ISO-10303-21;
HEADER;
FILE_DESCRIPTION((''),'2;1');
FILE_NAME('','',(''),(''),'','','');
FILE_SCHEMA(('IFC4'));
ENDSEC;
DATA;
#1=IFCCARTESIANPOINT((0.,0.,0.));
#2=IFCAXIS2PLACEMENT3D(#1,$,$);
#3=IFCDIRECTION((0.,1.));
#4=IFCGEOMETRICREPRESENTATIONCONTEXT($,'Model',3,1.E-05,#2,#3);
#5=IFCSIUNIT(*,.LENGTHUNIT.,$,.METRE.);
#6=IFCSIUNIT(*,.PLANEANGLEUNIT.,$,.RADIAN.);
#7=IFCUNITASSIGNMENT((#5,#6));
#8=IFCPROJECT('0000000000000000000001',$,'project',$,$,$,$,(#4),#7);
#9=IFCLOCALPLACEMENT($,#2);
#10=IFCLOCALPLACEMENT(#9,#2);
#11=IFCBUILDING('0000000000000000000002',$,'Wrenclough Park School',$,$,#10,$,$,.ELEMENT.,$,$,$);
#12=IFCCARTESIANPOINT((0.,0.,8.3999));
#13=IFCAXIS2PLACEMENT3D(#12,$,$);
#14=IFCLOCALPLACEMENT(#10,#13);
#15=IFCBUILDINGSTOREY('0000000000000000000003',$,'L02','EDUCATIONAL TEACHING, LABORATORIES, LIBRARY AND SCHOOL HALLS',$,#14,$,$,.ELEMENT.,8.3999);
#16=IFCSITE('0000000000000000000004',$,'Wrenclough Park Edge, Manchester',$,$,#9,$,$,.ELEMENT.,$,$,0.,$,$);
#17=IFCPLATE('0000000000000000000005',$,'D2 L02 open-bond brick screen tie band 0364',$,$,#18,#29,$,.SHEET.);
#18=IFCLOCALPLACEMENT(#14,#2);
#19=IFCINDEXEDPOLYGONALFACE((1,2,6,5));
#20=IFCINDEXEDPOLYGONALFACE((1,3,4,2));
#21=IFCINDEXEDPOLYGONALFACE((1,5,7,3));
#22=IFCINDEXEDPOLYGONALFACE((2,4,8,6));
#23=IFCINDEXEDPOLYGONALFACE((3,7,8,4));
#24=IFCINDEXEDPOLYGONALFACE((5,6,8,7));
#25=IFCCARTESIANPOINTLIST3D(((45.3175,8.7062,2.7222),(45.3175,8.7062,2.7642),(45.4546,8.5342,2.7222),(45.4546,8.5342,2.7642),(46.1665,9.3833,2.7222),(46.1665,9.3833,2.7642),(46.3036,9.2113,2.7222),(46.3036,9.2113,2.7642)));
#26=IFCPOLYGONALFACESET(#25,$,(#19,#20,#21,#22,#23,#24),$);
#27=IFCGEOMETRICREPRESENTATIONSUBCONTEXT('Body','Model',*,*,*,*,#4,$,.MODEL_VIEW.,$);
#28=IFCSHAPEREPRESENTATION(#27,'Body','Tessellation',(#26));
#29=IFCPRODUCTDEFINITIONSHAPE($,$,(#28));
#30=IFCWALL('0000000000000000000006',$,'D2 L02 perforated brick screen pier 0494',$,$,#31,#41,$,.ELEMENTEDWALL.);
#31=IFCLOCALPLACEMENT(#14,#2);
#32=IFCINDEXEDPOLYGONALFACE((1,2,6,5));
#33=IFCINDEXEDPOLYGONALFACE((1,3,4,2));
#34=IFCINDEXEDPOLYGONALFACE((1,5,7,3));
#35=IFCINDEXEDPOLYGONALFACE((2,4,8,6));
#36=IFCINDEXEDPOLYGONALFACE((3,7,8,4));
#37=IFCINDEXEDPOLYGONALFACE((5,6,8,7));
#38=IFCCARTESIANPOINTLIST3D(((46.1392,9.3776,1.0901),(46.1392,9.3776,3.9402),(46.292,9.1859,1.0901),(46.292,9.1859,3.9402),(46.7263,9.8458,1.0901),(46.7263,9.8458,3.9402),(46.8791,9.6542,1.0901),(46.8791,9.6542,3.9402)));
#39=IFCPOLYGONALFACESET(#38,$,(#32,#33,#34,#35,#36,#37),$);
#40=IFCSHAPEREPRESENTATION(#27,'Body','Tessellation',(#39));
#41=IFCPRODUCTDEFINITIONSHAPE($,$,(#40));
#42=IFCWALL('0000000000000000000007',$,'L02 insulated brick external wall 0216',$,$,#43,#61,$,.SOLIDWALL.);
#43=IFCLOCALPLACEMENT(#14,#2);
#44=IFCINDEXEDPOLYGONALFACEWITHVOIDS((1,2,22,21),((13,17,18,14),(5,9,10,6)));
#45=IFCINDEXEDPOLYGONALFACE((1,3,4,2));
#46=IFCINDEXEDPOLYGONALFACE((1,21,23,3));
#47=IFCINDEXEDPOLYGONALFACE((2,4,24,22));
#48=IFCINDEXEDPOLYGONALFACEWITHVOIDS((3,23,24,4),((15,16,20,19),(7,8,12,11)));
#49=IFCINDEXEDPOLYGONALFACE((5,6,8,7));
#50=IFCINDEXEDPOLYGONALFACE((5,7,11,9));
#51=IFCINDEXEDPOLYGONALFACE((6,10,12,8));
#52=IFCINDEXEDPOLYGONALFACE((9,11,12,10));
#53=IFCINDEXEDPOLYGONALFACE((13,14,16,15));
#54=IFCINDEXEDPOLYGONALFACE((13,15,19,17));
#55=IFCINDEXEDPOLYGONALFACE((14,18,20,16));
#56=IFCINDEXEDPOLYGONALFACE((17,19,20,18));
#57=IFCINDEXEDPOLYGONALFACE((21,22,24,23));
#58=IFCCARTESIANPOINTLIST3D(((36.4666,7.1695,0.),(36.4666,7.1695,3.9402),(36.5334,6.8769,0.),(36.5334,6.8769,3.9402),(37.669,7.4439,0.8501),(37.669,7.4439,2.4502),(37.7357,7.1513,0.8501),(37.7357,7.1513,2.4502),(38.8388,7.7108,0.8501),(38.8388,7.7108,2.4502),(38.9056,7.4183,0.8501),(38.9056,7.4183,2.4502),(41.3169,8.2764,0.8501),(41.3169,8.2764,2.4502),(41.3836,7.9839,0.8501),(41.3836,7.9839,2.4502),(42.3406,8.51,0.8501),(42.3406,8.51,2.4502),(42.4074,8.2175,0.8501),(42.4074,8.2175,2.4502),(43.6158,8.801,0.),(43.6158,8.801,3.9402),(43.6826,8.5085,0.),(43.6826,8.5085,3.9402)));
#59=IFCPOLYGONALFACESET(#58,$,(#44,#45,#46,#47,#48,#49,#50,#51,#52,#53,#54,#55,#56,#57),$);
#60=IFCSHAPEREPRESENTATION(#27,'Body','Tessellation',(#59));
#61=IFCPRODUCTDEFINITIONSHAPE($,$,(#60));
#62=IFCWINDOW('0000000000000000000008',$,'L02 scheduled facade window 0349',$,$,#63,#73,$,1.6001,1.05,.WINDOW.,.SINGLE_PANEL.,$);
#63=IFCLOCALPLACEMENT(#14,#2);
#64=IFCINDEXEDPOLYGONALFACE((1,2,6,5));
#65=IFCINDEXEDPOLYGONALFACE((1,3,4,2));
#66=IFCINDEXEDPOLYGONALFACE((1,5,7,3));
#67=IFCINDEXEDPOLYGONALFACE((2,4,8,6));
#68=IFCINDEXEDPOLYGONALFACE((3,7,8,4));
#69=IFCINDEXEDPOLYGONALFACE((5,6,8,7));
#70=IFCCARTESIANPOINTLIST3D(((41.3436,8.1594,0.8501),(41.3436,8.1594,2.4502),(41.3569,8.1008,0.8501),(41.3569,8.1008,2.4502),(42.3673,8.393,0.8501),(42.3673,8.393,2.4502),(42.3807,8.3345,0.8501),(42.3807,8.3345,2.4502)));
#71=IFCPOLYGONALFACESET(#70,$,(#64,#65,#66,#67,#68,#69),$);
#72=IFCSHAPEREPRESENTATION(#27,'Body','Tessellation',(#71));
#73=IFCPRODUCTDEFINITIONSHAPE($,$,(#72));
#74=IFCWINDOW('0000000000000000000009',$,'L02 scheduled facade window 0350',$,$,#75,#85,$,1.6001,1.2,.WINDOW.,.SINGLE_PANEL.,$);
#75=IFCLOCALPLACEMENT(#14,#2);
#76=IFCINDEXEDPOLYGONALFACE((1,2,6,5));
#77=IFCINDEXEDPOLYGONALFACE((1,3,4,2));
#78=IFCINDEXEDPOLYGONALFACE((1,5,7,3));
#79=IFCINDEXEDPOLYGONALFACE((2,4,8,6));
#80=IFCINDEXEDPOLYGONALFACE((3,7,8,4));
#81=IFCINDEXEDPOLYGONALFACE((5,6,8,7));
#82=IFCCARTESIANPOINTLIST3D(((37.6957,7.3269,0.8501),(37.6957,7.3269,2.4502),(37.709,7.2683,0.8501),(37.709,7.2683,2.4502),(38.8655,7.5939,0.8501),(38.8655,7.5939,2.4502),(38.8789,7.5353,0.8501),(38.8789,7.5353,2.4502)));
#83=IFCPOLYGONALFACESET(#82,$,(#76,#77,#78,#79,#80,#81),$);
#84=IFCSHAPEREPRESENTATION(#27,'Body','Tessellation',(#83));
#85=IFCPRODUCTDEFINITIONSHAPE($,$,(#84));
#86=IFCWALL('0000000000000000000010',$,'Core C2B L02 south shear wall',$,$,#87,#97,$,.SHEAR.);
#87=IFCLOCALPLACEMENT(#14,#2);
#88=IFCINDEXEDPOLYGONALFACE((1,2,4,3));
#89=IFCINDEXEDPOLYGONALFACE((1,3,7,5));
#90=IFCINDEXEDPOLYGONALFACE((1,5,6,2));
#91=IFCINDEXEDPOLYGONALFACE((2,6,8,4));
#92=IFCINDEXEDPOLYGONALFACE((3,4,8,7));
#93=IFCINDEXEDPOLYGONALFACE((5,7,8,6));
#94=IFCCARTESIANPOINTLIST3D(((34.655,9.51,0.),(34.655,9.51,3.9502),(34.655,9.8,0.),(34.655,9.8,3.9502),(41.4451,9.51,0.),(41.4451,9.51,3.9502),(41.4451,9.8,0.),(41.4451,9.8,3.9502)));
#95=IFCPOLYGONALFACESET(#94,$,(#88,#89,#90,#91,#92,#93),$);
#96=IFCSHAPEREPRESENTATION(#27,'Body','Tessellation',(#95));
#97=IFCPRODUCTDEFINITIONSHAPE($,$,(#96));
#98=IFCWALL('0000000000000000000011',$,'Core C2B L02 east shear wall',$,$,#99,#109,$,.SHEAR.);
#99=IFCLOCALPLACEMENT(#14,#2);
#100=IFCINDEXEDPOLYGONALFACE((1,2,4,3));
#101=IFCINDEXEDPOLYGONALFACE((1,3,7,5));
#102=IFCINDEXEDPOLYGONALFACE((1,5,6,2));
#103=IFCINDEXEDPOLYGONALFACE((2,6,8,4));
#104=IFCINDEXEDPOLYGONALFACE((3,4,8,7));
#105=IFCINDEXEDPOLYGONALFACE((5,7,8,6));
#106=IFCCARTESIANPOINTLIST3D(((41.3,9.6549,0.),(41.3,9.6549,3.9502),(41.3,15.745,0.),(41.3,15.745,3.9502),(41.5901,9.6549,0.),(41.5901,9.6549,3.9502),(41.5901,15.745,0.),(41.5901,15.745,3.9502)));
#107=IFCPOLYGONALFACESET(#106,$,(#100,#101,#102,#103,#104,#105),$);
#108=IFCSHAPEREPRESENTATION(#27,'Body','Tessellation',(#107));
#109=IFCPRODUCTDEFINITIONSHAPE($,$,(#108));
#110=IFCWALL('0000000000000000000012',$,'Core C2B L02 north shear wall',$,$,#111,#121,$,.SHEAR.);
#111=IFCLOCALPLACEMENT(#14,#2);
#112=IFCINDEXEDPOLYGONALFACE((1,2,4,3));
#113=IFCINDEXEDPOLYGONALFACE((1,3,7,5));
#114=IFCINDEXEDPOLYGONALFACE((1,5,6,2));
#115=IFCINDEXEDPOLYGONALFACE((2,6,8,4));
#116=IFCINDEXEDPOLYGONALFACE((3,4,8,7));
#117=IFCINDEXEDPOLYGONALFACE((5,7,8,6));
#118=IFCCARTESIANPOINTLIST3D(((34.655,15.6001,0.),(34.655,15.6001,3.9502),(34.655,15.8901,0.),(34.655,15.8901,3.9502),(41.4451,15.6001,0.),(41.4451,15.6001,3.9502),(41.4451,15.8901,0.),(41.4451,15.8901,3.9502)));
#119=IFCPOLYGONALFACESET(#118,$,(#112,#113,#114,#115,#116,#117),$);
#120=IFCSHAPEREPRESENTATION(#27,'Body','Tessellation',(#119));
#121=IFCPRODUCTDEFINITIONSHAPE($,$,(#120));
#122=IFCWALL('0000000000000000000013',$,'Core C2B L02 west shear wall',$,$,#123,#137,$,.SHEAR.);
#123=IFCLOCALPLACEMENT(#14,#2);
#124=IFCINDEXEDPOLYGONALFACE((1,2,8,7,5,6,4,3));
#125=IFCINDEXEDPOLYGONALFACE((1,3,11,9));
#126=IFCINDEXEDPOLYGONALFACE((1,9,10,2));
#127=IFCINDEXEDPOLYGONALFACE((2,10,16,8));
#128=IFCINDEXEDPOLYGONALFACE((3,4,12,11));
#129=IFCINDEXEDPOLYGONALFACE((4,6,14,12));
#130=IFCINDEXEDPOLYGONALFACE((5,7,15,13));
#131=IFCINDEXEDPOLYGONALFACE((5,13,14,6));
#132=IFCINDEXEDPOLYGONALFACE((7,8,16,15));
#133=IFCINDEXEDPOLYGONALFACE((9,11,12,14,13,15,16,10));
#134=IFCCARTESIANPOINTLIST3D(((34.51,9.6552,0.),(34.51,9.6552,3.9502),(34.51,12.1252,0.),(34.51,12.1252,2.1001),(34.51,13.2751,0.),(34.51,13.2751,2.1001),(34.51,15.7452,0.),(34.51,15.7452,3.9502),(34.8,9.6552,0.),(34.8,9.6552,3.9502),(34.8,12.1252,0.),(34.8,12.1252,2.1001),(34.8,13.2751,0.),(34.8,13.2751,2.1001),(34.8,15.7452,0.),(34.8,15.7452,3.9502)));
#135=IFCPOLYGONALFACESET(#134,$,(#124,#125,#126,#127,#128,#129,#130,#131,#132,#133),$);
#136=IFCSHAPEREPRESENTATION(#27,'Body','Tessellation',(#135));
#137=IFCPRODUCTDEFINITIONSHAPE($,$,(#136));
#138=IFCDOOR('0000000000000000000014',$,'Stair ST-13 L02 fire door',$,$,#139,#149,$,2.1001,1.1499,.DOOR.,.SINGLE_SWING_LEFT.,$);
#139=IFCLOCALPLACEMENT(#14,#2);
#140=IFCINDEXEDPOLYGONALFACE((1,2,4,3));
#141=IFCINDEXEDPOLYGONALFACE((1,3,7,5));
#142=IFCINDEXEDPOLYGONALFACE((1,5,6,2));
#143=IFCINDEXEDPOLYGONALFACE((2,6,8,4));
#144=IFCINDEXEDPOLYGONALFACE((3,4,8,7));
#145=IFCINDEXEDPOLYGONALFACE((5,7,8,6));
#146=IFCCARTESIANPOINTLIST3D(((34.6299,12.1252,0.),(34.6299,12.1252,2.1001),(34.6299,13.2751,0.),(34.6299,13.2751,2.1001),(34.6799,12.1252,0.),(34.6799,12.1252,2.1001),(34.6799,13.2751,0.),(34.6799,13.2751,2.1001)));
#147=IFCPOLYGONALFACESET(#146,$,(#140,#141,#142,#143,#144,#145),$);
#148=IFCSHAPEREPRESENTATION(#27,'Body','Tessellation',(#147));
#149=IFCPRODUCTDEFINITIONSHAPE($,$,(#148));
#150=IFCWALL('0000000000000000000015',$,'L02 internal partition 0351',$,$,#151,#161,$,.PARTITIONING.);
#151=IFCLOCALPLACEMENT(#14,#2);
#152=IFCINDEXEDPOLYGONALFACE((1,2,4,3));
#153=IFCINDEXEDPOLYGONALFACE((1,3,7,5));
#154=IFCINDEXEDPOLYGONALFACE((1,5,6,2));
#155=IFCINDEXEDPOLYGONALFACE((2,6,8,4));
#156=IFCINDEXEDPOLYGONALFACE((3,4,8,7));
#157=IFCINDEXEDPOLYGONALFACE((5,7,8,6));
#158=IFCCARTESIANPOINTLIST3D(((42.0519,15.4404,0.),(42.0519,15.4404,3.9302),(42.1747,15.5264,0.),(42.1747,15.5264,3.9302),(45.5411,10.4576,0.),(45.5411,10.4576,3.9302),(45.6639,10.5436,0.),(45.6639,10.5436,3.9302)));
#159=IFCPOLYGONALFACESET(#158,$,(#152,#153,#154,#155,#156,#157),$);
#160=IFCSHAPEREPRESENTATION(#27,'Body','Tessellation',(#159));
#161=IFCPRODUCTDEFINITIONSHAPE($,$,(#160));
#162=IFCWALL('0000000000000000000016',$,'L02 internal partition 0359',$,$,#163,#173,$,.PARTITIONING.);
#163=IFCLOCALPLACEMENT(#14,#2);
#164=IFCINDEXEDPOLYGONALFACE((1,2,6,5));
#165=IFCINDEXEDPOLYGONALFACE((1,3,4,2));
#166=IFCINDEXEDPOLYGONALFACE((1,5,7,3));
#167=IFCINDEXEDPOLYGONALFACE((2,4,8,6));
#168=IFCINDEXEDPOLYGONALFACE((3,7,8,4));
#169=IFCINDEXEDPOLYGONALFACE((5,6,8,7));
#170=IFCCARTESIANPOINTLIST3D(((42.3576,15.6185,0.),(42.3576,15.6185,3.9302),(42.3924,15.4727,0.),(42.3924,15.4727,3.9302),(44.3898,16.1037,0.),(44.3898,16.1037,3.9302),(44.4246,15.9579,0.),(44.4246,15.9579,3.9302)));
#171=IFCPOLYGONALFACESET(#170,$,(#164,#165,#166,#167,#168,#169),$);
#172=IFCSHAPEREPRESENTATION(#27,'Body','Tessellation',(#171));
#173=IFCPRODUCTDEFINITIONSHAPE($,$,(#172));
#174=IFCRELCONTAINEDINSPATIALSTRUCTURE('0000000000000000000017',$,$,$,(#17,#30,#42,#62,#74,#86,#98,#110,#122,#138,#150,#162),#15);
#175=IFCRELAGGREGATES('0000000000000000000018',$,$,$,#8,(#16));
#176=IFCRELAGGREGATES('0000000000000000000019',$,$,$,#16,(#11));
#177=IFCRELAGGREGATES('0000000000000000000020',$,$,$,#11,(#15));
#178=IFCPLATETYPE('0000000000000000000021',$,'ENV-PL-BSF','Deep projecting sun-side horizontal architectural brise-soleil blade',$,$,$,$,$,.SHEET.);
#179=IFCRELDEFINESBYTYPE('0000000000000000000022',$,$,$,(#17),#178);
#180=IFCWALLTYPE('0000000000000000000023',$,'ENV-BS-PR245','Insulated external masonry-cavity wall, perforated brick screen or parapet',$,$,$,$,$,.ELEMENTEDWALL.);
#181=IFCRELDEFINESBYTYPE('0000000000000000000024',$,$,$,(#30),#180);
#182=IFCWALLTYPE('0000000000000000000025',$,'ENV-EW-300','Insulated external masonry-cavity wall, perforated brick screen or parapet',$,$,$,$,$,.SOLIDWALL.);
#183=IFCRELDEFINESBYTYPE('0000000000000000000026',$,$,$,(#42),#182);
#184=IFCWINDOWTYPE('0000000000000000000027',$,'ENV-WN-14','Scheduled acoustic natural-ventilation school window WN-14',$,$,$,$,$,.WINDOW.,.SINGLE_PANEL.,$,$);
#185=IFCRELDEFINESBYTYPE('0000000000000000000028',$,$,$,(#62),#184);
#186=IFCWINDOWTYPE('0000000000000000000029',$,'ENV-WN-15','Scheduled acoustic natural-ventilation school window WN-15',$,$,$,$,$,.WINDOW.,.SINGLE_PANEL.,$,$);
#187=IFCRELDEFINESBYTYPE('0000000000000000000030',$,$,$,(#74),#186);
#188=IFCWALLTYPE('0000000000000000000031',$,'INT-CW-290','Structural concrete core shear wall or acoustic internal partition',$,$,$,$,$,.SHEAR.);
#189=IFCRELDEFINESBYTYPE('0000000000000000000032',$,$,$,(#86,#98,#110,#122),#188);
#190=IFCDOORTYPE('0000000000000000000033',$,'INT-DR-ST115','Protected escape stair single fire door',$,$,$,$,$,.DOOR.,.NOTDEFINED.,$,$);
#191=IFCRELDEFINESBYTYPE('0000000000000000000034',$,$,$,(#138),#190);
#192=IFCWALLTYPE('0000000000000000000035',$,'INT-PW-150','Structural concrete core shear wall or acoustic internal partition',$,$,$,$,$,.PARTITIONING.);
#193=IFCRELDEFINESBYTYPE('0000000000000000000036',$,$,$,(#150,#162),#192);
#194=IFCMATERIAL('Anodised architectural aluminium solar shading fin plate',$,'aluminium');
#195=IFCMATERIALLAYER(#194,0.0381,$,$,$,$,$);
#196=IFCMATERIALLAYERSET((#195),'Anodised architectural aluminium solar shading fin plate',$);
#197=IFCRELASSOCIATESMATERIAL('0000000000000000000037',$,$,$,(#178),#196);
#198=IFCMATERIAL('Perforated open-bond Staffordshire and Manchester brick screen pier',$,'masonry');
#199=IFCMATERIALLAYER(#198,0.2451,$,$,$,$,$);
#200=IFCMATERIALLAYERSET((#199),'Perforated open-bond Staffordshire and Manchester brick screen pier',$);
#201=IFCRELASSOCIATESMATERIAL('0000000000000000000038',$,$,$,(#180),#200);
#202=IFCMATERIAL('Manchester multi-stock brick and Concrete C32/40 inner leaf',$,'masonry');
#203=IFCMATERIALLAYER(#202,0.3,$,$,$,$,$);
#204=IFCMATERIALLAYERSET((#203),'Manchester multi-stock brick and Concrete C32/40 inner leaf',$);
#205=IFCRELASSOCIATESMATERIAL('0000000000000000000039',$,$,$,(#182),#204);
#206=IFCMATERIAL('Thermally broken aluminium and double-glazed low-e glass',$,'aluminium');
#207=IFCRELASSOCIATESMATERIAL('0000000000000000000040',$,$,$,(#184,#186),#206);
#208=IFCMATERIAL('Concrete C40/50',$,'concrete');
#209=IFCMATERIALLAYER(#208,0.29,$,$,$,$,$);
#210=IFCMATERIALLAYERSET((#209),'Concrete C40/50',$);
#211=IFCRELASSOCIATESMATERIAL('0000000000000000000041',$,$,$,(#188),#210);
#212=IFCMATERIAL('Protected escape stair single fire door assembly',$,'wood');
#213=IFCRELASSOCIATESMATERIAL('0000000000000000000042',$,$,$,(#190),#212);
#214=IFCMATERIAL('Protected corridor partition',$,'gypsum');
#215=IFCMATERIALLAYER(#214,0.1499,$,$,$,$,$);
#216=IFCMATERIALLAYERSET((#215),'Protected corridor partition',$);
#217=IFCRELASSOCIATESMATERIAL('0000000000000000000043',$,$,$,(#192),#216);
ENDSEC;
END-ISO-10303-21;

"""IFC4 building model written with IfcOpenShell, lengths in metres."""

from ifc_helpers import new_model, si_unit, direction, frame, frame_2d, origin, origin_2d, place, context, subcontext, project, spatial, rectangle, extrude, material, layer, layer_set, type_object, element, fill, save


model = new_model("IFC4")

# Units and contexts
model_context = context("Model", 3, precision=1e-05, world=origin(), true_north=direction((0.0, 1.0)))
body_context = subcontext(model_context, "Body", "Model", "MODEL_VIEW")
ifc_project = project(units=[si_unit("LENGTHUNIT", "METRE"), si_unit("PLANEANGLEUNIT", "RADIAN")], contexts=[model_context])

# Site, building, storey
site_placement = place(None, origin())
site = spatial("IfcSite", under=ifc_project, at=site_placement, Name="Wrenclough Park Edge, Manchester", CompositionType="ELEMENT", RefElevation=0.0)
building_placement = place(site_placement, origin())
building = spatial("IfcBuilding", under=site, at=building_placement, Name="Wrenclough Park School", CompositionType="ELEMENT")
storey_placement = place(building_placement, frame((0.0, 0.0, 8.3999)))
storey = spatial("IfcBuildingStorey", under=building, at=storey_placement, Name="L02", Description="EDUCATIONAL TEACHING, LABORATORIES, LIBRARY AND SCHOOL HALLS", CompositionType="ELEMENT", Elevation=8.3999)

# Plate
ifc_material_1 = material(Name="Anodised architectural aluminium solar shading fin plate", Category="aluminium")
ifc_layer_1 = layer(ifc_material_1, 0.0381)
ifc_layer_set_1 = layer_set([ifc_layer_1], Name="Anodised architectural aluminium solar shading fin plate")
plate_type = type_object("IfcPlateType", Name="ENV-PL-BSF", Description="Deep projecting sun-side horizontal architectural brise-soleil blade", PredefinedType="SHEET", material=ifc_layer_set_1)
plate_placement = place(storey_placement, frame((45.8105, 8.9587, 2.7222), z_axis=(0.0, 0.0, 1.0), x_axis=(0.78183, 0.623492, 0.0)))
element("IfcPlate", 1, at=plate_placement, inside=storey, type_object=plate_type, Name="D2 L02 open-bond brick screen tie band 0364", PredefinedType="SHEET", context=body_context, shape_type="SweptSolid", body=[
    extrude(rectangle(XDim=1.0859, YDim=0.22, at=origin_2d()), origin(), (0.0, 0.0, 1.0), 0.042),
])

# Wall
ifc_material_2 = material(Name="Perforated open-bond Staffordshire and Manchester brick screen pier", Category="masonry")
ifc_layer_2 = layer(ifc_material_2, 0.2451)
ifc_layer_set_2 = layer_set([ifc_layer_2], Name="Perforated open-bond Staffordshire and Manchester brick screen pier")
wall_type_1 = type_object("IfcWallType", Name="ENV-BS-PR245", Description="Insulated external masonry-cavity wall, perforated brick screen or parapet", PredefinedType="ELEMENTEDWALL", material=ifc_layer_set_2)
wall_1_placement = place(storey_placement, frame((46.2156, 9.2817, 1.0901), z_axis=(0.0, 0.0, 1.0), x_axis=(0.781819, 0.623505, 0.0)))
element("IfcWall", 2, at=wall_1_placement, inside=storey, type_object=wall_type_1, Name="D2 L02 perforated brick screen pier 0494", PredefinedType="ELEMENTEDWALL", context=body_context, shape_type="SweptSolid", body=[
    extrude(rectangle(XDim=0.751, YDim=0.2451, at=frame_2d((0.3755, 0.0))), origin(), (0.0, 0.0, 1.0), 2.8501),
])

# Wall, openings, windows
ifc_material_3 = material(Name="Manchester multi-stock brick and Concrete C32/40 inner leaf", Category="masonry")
ifc_layer_3 = layer(ifc_material_3, 0.3)
ifc_layer_set_3 = layer_set([ifc_layer_3], Name="Manchester multi-stock brick and Concrete C32/40 inner leaf")
wall_type_2 = type_object("IfcWallType", Name="ENV-EW-300", Description="Insulated external masonry-cavity wall, perforated brick screen or parapet", PredefinedType="SOLIDWALL", material=ifc_layer_set_3)
wall_2_placement = place(storey_placement, frame((43.6492, 8.6548, 0.0), z_axis=(0.0, 0.0, 1.0), x_axis=(-0.974933, -0.2225, 0.0)))
wall_2 = element("IfcWall", 3, at=wall_2_placement, inside=storey, type_object=wall_type_2, Name="L02 insulated brick external wall 0216", PredefinedType="SOLIDWALL", context=body_context, shape_type="SweptSolid", body=[
    extrude(rectangle(XDim=7.333, YDim=0.3, at=frame_2d((3.6665, 0.0))), origin(), (0.0, 0.0, 1.0), 3.9402),
])
opening_1_placement = place(wall_2_placement, frame((1.3081, 0.0, 0.8501)))
opening_1 = element("IfcOpeningElement", 4, at=opening_1_placement, cuts=wall_2, PredefinedType="OPENING", context=body_context, shape_type="SweptSolid", body=[
    extrude(rectangle(XDim=1.05, YDim=1.6001, at=frame_2d((0.5249, 0.8))), frame((0.0, 0.1599, 0.0), z_axis=(0.0, -1.0, 0.0), x_axis=(1.0, 0.0, 0.0)), (0.0, 0.0, 1.0), 0.3201),
])
opening_2_placement = place(wall_2_placement, frame((4.8997, 0.0, 0.8501)))
opening_2 = element("IfcOpeningElement", 5, at=opening_2_placement, cuts=wall_2, PredefinedType="OPENING", context=body_context, shape_type="SweptSolid", body=[
    extrude(rectangle(XDim=1.2, YDim=1.6001, at=frame_2d((0.6001, 0.8))), frame((0.0, 0.1599, 0.0), z_axis=(0.0, -1.0, 0.0), x_axis=(1.0, 0.0, 0.0)), (0.0, 0.0, 1.0), 0.3201),
])
ifc_material_4 = material(Name="Thermally broken aluminium and double-glazed low-e glass", Category="aluminium")
window_type_1 = type_object("IfcWindowType", Name="ENV-WN-14", Description="Scheduled acoustic natural-ventilation school window WN-14", PartitioningType="SINGLE_PANEL", PredefinedType="WINDOW", material=ifc_material_4)
window_1_placement = place(opening_1_placement, origin())
window_1 = element("IfcWindow", 6, at=window_1_placement, inside=storey, type_object=window_type_1, Name="L02 scheduled facade window 0349", OverallHeight=1.6001, OverallWidth=1.05, PartitioningType="SINGLE_PANEL", PredefinedType="WINDOW", context=body_context, shape_type="SweptSolid", body=[
    extrude(rectangle(XDim=1.05, YDim=1.6001, at=frame_2d((0.5249, 0.8))), frame((0.0, 0.03, 0.0), z_axis=(0.0, -1.0, 0.0), x_axis=(1.0, 0.0, 0.0)), (0.0, 0.0, 1.0), 0.0601),
])
fill(opening_1, window_1)
window_type_2 = type_object("IfcWindowType", Name="ENV-WN-15", Description="Scheduled acoustic natural-ventilation school window WN-15", PartitioningType="SINGLE_PANEL", PredefinedType="WINDOW", material=ifc_material_4)
window_2_placement = place(opening_2_placement, origin())
window_2 = element("IfcWindow", 7, at=window_2_placement, inside=storey, type_object=window_type_2, Name="L02 scheduled facade window 0350", OverallHeight=1.6001, OverallWidth=1.2, PartitioningType="SINGLE_PANEL", PredefinedType="WINDOW", context=body_context, shape_type="SweptSolid", body=[
    extrude(rectangle(XDim=1.2, YDim=1.6001, at=frame_2d((0.6001, 0.8))), frame((0.0, 0.03, 0.0), z_axis=(0.0, -1.0, 0.0), x_axis=(1.0, 0.0, 0.0)), (0.0, 0.0, 1.0), 0.0601),
])
fill(opening_2, window_2)

# Walls
ifc_material_5 = material(Name="Concrete C40/50", Category="concrete")
ifc_layer_4 = layer(ifc_material_5, 0.29)
ifc_layer_set_4 = layer_set([ifc_layer_4], Name="Concrete C40/50")
wall_type_3 = type_object("IfcWallType", Name="INT-CW-290", Description="Structural concrete core shear wall or acoustic internal partition", PredefinedType="SHEAR", material=ifc_layer_set_4)
wall_3_placement = place(storey_placement, frame((34.655, 9.655, 0.0), z_axis=(0.0, 0.0, 1.0), x_axis=(1.0, 0.0, 0.0)))
element("IfcWall", 8, at=wall_3_placement, inside=storey, type_object=wall_type_3, Name="Core C2B L02 south shear wall", PredefinedType="SHEAR", context=body_context, shape_type="SweptSolid", body=[
    extrude(rectangle(XDim=6.79, YDim=0.29, at=frame_2d((3.395, 0.0))), origin(), (0.0, 0.0, 1.0), 3.9502),
])
wall_4_placement = place(storey_placement, frame((41.4451, 9.655, 0.0), z_axis=(0.0, 0.0, 1.0), x_axis=(0.0, 1.0, 0.0)))
element("IfcWall", 9, at=wall_4_placement, inside=storey, type_object=wall_type_3, Name="Core C2B L02 east shear wall", PredefinedType="SHEAR", context=body_context, shape_type="SweptSolid", body=[
    extrude(rectangle(XDim=6.0901, YDim=0.29, at=frame_2d((3.0449, 0.0))), origin(), (0.0, 0.0, 1.0), 3.9502),
])
wall_5_placement = place(storey_placement, frame((41.4451, 15.7451, 0.0), z_axis=(0.0, 0.0, 1.0), x_axis=(-1.0, 0.0, 0.0)))
element("IfcWall", 10, at=wall_5_placement, inside=storey, type_object=wall_type_3, Name="Core C2B L02 north shear wall", PredefinedType="SHEAR", context=body_context, shape_type="SweptSolid", body=[
    extrude(rectangle(XDim=6.79, YDim=0.29, at=frame_2d((3.395, 0.0))), origin(), (0.0, 0.0, 1.0), 3.9502),
])

# Wall, opening, door
wall_6_placement = place(storey_placement, frame((34.655, 15.7451, 0.0), z_axis=(0.0, 0.0, 1.0), x_axis=(0.0, -1.0, 0.0)))
wall_6 = element("IfcWall", 11, at=wall_6_placement, inside=storey, type_object=wall_type_3, Name="Core C2B L02 west shear wall", PredefinedType="SHEAR", context=body_context, shape_type="SweptSolid", body=[
    extrude(rectangle(XDim=6.0901, YDim=0.29, at=frame_2d((3.0449, 0.0))), origin(), (0.0, 0.0, 1.0), 3.9502),
])
opening_3_placement = place(wall_6_placement, frame((2.47, 0.0, 0.0)))
opening_3 = element("IfcOpeningElement", 12, at=opening_3_placement, cuts=wall_6, PredefinedType="OPENING", context=body_context, shape_type="SweptSolid", body=[
    extrude(rectangle(XDim=1.1499, YDim=2.1001, at=frame_2d((0.575, 1.05))), frame((0.0, 0.155, 0.0), z_axis=(0.0, -1.0, 0.0), x_axis=(1.0, 0.0, 0.0)), (0.0, 0.0, 1.0), 0.3101),
])
ifc_material_6 = material(Name="Protected escape stair single fire door assembly", Category="wood")
door_type_1 = type_object("IfcDoorType", Name="INT-DR-ST115", Description="Protected escape stair single fire door", OperationType="NOTDEFINED", PredefinedType="DOOR", material=ifc_material_6)
door_1_placement = place(opening_3_placement, origin())
door_1 = element("IfcDoor", 13, at=door_1_placement, inside=storey, type_object=door_type_1, Name="Stair ST-13 L02 fire door", OperationType="SINGLE_SWING_LEFT", OverallHeight=2.1001, OverallWidth=1.1499, PredefinedType="DOOR", context=body_context, shape_type="SweptSolid", body=[
    extrude(rectangle(XDim=1.1499, YDim=2.1001, at=frame_2d((0.575, 1.05))), frame((0.0, 0.0249, 0.0), z_axis=(0.0, -1.0, 0.0), x_axis=(1.0, 0.0, 0.0)), (0.0, 0.0, 1.0), 0.05),
])
fill(opening_3, door_1)

# Walls
ifc_material_7 = material(Name="Protected corridor partition", Category="gypsum")
ifc_layer_5 = layer(ifc_material_7, 0.1499)
ifc_layer_set_5 = layer_set([ifc_layer_5], Name="Protected corridor partition")
wall_type_4 = type_object("IfcWallType", Name="INT-PW-150", Description="Structural concrete core shear wall or acoustic internal partition", PredefinedType="PARTITIONING", material=ifc_layer_set_5)
wall_7_placement = place(storey_placement, frame((42.1133, 15.4834, 0.0), z_axis=(0.0, 0.0, 1.0), x_axis=(0.573597, -0.819138, 0.0)))
element("IfcWall", 14, at=wall_7_placement, inside=storey, type_object=wall_type_4, Name="L02 internal partition 0351", PredefinedType="PARTITIONING", context=body_context, shape_type="SweptSolid", body=[
    extrude(rectangle(XDim=6.083, YDim=0.1499, at=frame_2d((3.0415, 0.0))), origin(), (0.0, 0.0, 1.0), 3.9302),
])
wall_8_placement = place(storey_placement, frame((44.4072, 16.0308, 0.0), z_axis=(0.0, 0.0, 1.0), x_axis=(-0.972672, -0.232184, 0.0)))
element("IfcWall", 15, at=wall_8_placement, inside=storey, type_object=wall_type_4, Name="L02 internal partition 0359", PredefinedType="PARTITIONING", context=body_context, shape_type="SweptSolid", body=[
    extrude(rectangle(XDim=2.0894, YDim=0.1499, at=frame_2d((1.0447, 0.0))), origin(), (0.0, 0.0, 1.0), 3.9302),
])

save(model, "model.ifc")
